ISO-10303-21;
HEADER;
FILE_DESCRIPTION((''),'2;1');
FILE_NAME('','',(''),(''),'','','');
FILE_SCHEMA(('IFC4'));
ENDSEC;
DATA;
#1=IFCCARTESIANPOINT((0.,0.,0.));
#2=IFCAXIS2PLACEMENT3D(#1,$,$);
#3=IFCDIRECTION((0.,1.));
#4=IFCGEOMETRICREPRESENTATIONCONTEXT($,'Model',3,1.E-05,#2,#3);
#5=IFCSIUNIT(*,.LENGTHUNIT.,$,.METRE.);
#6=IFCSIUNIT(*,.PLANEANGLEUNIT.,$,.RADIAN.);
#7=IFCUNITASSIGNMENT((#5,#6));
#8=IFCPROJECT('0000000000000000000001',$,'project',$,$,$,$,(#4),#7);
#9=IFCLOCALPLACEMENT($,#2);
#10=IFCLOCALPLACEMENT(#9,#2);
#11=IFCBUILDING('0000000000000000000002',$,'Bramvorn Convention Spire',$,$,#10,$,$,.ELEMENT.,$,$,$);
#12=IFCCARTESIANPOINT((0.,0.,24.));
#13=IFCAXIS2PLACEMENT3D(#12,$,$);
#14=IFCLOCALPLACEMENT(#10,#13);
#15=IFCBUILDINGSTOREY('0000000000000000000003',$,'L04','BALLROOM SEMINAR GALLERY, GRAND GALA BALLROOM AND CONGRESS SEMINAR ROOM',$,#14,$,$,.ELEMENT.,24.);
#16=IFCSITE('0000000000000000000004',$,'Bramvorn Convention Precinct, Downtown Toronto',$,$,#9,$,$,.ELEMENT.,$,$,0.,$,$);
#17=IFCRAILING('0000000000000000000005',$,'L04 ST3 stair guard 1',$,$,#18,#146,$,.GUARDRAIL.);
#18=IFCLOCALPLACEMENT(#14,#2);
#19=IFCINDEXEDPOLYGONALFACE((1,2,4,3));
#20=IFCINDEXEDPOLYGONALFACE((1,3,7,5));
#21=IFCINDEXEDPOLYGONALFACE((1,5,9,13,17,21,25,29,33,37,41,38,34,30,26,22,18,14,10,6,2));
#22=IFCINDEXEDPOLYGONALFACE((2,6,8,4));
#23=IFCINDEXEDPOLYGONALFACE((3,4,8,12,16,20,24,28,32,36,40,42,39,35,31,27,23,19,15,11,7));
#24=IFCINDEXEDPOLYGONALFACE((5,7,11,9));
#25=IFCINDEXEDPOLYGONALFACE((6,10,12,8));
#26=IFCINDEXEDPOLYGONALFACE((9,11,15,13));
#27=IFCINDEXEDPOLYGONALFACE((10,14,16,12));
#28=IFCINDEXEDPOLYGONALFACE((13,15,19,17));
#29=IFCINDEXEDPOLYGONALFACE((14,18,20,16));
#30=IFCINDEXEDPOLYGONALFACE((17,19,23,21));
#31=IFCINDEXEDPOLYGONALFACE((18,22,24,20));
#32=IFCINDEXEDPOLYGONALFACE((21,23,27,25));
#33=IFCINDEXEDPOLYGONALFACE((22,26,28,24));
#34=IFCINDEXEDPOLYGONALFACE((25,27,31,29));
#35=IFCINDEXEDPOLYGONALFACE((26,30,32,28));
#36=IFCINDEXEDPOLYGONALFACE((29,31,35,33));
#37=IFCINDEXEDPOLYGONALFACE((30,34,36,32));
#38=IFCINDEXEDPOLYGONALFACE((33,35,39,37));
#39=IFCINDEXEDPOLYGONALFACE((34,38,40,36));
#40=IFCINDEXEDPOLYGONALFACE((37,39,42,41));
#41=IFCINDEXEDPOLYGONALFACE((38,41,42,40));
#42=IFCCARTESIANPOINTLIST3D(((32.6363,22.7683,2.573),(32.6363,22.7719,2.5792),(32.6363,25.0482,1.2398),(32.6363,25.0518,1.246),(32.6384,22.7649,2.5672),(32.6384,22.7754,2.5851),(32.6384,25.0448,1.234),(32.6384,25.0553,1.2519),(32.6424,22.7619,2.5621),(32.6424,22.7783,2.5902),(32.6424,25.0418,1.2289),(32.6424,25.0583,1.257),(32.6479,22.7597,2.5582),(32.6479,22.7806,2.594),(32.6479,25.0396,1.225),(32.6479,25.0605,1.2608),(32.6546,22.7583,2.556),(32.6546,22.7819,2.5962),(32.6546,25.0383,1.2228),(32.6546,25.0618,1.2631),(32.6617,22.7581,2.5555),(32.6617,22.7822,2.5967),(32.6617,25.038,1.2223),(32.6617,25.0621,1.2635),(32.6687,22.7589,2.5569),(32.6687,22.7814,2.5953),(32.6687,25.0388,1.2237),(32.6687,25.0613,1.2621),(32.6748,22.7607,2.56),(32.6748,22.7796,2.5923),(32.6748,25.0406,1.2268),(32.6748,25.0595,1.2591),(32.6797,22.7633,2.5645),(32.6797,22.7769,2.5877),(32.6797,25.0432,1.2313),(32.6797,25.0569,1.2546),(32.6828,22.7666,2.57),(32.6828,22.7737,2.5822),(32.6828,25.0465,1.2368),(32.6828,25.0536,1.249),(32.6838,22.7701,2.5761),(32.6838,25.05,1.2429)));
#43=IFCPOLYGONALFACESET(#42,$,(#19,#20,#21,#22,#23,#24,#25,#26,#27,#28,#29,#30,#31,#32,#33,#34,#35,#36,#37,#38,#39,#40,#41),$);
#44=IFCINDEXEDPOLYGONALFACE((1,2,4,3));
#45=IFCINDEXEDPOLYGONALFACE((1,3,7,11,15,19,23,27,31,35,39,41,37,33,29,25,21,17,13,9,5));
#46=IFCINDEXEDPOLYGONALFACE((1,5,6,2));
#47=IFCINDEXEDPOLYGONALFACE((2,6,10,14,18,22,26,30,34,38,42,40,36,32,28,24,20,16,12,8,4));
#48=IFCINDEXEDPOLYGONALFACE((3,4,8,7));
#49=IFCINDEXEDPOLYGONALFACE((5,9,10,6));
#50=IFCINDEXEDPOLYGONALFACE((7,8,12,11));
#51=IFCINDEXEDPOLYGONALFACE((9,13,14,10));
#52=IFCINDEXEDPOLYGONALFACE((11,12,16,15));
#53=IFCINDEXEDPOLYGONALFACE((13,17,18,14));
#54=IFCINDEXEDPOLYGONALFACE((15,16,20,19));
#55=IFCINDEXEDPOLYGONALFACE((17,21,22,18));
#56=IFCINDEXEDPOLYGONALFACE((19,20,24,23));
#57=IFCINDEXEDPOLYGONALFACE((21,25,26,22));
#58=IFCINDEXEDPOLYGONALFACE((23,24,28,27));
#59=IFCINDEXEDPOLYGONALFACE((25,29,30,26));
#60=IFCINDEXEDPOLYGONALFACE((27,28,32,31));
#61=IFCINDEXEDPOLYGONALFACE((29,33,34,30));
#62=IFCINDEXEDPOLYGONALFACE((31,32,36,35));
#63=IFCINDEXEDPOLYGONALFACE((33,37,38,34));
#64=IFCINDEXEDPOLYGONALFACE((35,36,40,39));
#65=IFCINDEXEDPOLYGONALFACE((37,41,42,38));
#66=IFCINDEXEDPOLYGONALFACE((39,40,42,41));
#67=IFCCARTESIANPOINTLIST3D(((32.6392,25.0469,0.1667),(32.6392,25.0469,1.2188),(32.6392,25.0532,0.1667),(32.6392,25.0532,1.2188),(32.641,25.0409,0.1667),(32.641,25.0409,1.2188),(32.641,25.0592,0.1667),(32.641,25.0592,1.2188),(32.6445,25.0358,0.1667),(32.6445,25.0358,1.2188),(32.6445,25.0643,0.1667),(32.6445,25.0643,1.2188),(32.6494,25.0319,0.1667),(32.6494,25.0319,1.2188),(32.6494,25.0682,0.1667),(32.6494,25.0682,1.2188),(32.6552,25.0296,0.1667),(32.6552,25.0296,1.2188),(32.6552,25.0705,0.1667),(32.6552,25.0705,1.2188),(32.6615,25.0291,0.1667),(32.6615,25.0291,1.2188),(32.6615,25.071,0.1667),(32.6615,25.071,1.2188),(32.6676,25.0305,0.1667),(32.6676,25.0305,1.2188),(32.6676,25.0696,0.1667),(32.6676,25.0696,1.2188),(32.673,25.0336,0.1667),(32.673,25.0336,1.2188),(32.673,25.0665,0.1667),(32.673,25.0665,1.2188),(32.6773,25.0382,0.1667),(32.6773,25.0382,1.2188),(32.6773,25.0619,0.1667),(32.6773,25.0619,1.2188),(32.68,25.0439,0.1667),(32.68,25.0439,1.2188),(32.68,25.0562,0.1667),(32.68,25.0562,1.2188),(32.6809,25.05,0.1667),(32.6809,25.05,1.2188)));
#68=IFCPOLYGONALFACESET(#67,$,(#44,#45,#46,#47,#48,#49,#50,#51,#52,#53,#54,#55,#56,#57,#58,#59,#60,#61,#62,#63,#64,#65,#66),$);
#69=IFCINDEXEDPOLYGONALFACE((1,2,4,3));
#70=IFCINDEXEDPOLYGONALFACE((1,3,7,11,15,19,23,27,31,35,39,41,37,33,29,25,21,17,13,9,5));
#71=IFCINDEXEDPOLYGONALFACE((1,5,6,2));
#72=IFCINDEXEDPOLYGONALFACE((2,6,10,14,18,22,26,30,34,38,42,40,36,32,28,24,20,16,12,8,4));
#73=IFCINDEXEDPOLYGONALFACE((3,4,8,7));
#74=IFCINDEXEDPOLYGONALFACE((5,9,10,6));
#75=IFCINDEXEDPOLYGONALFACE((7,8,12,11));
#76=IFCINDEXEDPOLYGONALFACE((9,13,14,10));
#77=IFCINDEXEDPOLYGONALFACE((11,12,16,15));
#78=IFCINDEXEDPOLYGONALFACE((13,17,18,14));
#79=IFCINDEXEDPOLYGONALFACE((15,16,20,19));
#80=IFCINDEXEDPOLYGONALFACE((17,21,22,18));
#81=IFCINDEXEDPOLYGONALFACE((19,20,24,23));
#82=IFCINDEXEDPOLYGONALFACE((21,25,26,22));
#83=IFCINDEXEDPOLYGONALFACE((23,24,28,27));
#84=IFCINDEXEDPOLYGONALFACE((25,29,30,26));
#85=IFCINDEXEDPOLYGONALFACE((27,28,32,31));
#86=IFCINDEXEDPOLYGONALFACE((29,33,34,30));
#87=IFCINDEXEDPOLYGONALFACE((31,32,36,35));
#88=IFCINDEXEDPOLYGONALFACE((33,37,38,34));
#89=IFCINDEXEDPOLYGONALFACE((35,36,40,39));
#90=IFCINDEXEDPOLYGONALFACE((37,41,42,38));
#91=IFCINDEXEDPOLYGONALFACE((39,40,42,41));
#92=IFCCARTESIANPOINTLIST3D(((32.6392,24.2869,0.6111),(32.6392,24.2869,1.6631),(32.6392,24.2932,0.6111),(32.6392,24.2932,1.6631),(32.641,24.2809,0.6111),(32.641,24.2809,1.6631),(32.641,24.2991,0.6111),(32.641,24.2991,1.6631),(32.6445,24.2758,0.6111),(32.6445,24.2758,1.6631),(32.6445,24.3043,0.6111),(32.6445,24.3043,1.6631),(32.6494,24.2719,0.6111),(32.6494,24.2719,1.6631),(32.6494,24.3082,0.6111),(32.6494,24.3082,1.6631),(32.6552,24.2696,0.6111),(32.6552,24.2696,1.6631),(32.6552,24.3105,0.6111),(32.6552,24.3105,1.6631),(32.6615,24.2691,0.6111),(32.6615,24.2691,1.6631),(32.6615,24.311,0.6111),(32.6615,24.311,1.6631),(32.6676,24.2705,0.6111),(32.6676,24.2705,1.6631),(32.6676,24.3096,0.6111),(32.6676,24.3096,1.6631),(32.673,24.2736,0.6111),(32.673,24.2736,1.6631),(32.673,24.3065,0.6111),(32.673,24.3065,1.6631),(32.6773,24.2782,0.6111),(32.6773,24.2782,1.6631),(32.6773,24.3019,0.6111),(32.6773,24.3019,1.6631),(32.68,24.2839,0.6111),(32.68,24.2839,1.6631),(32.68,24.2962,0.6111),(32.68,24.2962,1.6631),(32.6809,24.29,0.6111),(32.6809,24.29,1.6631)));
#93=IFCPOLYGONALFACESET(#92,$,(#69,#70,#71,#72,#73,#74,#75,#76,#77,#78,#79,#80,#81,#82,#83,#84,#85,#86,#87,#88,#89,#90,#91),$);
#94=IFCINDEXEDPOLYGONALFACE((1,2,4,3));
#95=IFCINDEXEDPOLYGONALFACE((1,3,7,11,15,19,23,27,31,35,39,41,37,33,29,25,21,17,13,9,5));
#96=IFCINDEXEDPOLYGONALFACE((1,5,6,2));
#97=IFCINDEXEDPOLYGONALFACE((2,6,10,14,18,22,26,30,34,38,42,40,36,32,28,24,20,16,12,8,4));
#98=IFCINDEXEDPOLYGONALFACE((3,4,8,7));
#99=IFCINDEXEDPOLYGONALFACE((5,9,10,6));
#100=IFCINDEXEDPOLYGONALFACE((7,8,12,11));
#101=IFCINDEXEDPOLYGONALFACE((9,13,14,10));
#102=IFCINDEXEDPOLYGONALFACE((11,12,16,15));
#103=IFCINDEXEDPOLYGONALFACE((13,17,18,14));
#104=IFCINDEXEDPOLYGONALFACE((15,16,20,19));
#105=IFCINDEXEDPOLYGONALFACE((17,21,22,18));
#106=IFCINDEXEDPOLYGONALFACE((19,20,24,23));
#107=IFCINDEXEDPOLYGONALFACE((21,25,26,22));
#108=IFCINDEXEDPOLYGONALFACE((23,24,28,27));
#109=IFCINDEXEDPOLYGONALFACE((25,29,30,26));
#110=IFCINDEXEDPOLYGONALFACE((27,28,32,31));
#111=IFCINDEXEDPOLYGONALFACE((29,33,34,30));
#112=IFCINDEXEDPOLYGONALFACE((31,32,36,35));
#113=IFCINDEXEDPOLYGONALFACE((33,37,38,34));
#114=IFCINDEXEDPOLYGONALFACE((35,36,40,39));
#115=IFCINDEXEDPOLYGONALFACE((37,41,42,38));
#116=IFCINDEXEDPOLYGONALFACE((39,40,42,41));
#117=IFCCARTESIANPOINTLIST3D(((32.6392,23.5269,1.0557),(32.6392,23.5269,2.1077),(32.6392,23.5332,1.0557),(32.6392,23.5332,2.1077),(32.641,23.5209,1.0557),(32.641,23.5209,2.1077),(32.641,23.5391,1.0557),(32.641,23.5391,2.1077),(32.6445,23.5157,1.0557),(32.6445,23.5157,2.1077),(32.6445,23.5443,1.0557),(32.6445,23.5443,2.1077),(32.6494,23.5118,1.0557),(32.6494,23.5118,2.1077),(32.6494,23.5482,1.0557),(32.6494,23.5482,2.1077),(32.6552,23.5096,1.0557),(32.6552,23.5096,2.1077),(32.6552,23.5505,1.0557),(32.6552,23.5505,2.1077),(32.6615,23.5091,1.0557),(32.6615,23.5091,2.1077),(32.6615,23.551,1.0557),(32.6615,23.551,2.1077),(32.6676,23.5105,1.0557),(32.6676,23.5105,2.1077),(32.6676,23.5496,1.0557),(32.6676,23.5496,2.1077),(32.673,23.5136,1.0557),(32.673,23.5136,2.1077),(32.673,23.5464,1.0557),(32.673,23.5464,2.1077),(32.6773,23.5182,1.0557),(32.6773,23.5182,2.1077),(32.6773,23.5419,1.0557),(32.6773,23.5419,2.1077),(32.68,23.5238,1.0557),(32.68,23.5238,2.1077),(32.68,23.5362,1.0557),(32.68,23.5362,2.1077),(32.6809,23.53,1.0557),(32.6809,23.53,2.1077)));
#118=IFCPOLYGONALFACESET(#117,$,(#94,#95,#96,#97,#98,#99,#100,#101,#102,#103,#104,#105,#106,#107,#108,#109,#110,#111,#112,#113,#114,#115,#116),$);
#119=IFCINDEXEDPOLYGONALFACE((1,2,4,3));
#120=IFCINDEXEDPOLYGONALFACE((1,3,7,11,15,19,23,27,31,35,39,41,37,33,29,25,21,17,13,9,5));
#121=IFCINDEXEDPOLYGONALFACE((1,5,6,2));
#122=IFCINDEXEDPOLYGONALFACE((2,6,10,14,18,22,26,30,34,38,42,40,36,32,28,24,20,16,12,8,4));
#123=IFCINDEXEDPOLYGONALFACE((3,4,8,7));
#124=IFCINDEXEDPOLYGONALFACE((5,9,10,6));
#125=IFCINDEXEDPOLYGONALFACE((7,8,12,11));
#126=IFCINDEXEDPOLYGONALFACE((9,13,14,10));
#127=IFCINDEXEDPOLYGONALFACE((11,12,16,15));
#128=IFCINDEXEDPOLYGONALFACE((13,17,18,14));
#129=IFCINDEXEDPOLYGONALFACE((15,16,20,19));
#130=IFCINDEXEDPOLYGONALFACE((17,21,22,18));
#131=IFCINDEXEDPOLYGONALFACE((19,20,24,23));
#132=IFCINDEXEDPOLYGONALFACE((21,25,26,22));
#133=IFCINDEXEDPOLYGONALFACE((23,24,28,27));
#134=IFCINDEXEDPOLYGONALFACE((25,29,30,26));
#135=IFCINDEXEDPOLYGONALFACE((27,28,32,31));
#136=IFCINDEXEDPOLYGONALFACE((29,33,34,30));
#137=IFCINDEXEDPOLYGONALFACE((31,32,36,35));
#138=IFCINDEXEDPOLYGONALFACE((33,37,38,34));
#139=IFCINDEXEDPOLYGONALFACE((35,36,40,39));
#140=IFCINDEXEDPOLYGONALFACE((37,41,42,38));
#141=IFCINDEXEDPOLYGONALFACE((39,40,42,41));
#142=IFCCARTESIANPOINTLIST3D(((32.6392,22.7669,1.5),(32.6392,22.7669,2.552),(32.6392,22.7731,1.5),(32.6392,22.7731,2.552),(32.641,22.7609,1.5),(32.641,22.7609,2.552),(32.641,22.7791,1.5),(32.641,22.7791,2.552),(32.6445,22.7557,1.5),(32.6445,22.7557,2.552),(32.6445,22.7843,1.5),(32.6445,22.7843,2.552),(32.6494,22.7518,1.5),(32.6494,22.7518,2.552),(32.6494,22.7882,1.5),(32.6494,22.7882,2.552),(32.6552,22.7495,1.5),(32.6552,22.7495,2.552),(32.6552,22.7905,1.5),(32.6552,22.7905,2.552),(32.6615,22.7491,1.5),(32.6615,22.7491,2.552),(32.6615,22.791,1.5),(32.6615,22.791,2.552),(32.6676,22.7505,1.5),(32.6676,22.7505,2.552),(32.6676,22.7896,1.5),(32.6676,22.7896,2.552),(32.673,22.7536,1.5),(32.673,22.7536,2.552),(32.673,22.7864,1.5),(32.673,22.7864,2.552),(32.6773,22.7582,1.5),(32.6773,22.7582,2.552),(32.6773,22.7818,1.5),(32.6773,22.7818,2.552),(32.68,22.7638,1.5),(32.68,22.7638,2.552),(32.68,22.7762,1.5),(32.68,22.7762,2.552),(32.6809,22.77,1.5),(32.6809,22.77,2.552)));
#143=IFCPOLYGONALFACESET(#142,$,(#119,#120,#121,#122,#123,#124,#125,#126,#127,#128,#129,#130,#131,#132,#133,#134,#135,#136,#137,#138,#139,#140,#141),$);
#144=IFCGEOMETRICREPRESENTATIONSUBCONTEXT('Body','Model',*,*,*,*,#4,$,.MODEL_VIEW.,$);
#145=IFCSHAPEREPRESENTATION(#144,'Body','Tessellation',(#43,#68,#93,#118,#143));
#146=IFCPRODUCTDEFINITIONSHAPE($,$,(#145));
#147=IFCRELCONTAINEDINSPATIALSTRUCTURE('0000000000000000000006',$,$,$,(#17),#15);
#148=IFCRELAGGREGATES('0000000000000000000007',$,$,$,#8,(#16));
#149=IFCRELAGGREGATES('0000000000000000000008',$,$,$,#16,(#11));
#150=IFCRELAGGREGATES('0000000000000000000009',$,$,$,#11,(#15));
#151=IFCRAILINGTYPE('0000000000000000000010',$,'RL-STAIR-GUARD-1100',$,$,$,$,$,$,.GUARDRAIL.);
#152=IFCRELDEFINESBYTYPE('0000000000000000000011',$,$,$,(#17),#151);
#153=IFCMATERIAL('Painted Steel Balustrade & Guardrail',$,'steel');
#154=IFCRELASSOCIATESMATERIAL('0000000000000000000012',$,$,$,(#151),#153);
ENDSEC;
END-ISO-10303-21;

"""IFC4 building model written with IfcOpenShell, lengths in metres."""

from ifc_helpers import new_model, si_unit, direction, frame, origin, origin_2d, place, context, subcontext, project, spatial, circle, extrude, material, type_object, element, save


model = new_model("IFC4")

# Units and contexts
model_context = context("Model", 3, precision=1e-05, world=origin(), true_north=direction((0.0, 1.0)))
body_context = subcontext(model_context, "Body", "Model", "MODEL_VIEW")
ifc_project = project(units=[si_unit("LENGTHUNIT", "METRE"), si_unit("PLANEANGLEUNIT", "RADIAN")], contexts=[model_context])

# Site, building, storey
site_placement = place(None, origin())
site = spatial("IfcSite", under=ifc_project, at=site_placement, Name="Bramvorn Convention Precinct, Downtown Toronto", CompositionType="ELEMENT", RefElevation=0.0)
building_placement = place(site_placement, origin())
building = spatial("IfcBuilding", under=site, at=building_placement, Name="Bramvorn Convention Spire", CompositionType="ELEMENT")
storey_placement = place(building_placement, frame((0.0, 0.0, 24.0)))
storey = spatial("IfcBuildingStorey", under=building, at=storey_placement, Name="L04", Description="BALLROOM SEMINAR GALLERY, GRAND GALA BALLROOM AND CONGRESS SEMINAR ROOM", CompositionType="ELEMENT", Elevation=24.0)

# Railing
ifc_material_1 = material(Name="Painted Steel Balustrade & Guardrail", Category="steel")
railing_type_1 = type_object("IfcRailingType", Name="RL-STAIR-GUARD-1100", PredefinedType="GUARDRAIL", material=ifc_material_1)
railing_1_placement = place(storey_placement, frame((32.6599, 25.05, 0.1667)))
element("IfcRailing", 1, at=railing_1_placement, inside=storey, type_object=railing_type_1, Name="L04 ST3 stair guard 1", PredefinedType="GUARDRAIL", context=body_context, shape_type="SweptSolid", body=[
    extrude(circle(Radius=0.0239, at=origin_2d()), frame((0.0, 0.0, 1.0762), z_axis=(0.0, -0.863245, 0.504785), x_axis=(1.0, 0.0, 0.0)), (0.0, 0.0, 1.0), 2.6411),
    extrude(circle(Radius=0.021, at=origin_2d()), origin(), (0.0, 0.0, 1.0), 1.052),
    extrude(circle(Radius=0.021, at=origin_2d()), frame((0.0, -0.76, 0.4443)), (0.0, 0.0, 1.0), 1.052),
    extrude(circle(Radius=0.021, at=origin_2d()), frame((0.0, -1.52, 0.8889)), (0.0, 0.0, 1.0), 1.052),
    extrude(circle(Radius=0.021, at=origin_2d()), frame((0.0, -2.28, 1.3333)), (0.0, 0.0, 1.0), 1.052),
])

save(model, "model.ifc")
